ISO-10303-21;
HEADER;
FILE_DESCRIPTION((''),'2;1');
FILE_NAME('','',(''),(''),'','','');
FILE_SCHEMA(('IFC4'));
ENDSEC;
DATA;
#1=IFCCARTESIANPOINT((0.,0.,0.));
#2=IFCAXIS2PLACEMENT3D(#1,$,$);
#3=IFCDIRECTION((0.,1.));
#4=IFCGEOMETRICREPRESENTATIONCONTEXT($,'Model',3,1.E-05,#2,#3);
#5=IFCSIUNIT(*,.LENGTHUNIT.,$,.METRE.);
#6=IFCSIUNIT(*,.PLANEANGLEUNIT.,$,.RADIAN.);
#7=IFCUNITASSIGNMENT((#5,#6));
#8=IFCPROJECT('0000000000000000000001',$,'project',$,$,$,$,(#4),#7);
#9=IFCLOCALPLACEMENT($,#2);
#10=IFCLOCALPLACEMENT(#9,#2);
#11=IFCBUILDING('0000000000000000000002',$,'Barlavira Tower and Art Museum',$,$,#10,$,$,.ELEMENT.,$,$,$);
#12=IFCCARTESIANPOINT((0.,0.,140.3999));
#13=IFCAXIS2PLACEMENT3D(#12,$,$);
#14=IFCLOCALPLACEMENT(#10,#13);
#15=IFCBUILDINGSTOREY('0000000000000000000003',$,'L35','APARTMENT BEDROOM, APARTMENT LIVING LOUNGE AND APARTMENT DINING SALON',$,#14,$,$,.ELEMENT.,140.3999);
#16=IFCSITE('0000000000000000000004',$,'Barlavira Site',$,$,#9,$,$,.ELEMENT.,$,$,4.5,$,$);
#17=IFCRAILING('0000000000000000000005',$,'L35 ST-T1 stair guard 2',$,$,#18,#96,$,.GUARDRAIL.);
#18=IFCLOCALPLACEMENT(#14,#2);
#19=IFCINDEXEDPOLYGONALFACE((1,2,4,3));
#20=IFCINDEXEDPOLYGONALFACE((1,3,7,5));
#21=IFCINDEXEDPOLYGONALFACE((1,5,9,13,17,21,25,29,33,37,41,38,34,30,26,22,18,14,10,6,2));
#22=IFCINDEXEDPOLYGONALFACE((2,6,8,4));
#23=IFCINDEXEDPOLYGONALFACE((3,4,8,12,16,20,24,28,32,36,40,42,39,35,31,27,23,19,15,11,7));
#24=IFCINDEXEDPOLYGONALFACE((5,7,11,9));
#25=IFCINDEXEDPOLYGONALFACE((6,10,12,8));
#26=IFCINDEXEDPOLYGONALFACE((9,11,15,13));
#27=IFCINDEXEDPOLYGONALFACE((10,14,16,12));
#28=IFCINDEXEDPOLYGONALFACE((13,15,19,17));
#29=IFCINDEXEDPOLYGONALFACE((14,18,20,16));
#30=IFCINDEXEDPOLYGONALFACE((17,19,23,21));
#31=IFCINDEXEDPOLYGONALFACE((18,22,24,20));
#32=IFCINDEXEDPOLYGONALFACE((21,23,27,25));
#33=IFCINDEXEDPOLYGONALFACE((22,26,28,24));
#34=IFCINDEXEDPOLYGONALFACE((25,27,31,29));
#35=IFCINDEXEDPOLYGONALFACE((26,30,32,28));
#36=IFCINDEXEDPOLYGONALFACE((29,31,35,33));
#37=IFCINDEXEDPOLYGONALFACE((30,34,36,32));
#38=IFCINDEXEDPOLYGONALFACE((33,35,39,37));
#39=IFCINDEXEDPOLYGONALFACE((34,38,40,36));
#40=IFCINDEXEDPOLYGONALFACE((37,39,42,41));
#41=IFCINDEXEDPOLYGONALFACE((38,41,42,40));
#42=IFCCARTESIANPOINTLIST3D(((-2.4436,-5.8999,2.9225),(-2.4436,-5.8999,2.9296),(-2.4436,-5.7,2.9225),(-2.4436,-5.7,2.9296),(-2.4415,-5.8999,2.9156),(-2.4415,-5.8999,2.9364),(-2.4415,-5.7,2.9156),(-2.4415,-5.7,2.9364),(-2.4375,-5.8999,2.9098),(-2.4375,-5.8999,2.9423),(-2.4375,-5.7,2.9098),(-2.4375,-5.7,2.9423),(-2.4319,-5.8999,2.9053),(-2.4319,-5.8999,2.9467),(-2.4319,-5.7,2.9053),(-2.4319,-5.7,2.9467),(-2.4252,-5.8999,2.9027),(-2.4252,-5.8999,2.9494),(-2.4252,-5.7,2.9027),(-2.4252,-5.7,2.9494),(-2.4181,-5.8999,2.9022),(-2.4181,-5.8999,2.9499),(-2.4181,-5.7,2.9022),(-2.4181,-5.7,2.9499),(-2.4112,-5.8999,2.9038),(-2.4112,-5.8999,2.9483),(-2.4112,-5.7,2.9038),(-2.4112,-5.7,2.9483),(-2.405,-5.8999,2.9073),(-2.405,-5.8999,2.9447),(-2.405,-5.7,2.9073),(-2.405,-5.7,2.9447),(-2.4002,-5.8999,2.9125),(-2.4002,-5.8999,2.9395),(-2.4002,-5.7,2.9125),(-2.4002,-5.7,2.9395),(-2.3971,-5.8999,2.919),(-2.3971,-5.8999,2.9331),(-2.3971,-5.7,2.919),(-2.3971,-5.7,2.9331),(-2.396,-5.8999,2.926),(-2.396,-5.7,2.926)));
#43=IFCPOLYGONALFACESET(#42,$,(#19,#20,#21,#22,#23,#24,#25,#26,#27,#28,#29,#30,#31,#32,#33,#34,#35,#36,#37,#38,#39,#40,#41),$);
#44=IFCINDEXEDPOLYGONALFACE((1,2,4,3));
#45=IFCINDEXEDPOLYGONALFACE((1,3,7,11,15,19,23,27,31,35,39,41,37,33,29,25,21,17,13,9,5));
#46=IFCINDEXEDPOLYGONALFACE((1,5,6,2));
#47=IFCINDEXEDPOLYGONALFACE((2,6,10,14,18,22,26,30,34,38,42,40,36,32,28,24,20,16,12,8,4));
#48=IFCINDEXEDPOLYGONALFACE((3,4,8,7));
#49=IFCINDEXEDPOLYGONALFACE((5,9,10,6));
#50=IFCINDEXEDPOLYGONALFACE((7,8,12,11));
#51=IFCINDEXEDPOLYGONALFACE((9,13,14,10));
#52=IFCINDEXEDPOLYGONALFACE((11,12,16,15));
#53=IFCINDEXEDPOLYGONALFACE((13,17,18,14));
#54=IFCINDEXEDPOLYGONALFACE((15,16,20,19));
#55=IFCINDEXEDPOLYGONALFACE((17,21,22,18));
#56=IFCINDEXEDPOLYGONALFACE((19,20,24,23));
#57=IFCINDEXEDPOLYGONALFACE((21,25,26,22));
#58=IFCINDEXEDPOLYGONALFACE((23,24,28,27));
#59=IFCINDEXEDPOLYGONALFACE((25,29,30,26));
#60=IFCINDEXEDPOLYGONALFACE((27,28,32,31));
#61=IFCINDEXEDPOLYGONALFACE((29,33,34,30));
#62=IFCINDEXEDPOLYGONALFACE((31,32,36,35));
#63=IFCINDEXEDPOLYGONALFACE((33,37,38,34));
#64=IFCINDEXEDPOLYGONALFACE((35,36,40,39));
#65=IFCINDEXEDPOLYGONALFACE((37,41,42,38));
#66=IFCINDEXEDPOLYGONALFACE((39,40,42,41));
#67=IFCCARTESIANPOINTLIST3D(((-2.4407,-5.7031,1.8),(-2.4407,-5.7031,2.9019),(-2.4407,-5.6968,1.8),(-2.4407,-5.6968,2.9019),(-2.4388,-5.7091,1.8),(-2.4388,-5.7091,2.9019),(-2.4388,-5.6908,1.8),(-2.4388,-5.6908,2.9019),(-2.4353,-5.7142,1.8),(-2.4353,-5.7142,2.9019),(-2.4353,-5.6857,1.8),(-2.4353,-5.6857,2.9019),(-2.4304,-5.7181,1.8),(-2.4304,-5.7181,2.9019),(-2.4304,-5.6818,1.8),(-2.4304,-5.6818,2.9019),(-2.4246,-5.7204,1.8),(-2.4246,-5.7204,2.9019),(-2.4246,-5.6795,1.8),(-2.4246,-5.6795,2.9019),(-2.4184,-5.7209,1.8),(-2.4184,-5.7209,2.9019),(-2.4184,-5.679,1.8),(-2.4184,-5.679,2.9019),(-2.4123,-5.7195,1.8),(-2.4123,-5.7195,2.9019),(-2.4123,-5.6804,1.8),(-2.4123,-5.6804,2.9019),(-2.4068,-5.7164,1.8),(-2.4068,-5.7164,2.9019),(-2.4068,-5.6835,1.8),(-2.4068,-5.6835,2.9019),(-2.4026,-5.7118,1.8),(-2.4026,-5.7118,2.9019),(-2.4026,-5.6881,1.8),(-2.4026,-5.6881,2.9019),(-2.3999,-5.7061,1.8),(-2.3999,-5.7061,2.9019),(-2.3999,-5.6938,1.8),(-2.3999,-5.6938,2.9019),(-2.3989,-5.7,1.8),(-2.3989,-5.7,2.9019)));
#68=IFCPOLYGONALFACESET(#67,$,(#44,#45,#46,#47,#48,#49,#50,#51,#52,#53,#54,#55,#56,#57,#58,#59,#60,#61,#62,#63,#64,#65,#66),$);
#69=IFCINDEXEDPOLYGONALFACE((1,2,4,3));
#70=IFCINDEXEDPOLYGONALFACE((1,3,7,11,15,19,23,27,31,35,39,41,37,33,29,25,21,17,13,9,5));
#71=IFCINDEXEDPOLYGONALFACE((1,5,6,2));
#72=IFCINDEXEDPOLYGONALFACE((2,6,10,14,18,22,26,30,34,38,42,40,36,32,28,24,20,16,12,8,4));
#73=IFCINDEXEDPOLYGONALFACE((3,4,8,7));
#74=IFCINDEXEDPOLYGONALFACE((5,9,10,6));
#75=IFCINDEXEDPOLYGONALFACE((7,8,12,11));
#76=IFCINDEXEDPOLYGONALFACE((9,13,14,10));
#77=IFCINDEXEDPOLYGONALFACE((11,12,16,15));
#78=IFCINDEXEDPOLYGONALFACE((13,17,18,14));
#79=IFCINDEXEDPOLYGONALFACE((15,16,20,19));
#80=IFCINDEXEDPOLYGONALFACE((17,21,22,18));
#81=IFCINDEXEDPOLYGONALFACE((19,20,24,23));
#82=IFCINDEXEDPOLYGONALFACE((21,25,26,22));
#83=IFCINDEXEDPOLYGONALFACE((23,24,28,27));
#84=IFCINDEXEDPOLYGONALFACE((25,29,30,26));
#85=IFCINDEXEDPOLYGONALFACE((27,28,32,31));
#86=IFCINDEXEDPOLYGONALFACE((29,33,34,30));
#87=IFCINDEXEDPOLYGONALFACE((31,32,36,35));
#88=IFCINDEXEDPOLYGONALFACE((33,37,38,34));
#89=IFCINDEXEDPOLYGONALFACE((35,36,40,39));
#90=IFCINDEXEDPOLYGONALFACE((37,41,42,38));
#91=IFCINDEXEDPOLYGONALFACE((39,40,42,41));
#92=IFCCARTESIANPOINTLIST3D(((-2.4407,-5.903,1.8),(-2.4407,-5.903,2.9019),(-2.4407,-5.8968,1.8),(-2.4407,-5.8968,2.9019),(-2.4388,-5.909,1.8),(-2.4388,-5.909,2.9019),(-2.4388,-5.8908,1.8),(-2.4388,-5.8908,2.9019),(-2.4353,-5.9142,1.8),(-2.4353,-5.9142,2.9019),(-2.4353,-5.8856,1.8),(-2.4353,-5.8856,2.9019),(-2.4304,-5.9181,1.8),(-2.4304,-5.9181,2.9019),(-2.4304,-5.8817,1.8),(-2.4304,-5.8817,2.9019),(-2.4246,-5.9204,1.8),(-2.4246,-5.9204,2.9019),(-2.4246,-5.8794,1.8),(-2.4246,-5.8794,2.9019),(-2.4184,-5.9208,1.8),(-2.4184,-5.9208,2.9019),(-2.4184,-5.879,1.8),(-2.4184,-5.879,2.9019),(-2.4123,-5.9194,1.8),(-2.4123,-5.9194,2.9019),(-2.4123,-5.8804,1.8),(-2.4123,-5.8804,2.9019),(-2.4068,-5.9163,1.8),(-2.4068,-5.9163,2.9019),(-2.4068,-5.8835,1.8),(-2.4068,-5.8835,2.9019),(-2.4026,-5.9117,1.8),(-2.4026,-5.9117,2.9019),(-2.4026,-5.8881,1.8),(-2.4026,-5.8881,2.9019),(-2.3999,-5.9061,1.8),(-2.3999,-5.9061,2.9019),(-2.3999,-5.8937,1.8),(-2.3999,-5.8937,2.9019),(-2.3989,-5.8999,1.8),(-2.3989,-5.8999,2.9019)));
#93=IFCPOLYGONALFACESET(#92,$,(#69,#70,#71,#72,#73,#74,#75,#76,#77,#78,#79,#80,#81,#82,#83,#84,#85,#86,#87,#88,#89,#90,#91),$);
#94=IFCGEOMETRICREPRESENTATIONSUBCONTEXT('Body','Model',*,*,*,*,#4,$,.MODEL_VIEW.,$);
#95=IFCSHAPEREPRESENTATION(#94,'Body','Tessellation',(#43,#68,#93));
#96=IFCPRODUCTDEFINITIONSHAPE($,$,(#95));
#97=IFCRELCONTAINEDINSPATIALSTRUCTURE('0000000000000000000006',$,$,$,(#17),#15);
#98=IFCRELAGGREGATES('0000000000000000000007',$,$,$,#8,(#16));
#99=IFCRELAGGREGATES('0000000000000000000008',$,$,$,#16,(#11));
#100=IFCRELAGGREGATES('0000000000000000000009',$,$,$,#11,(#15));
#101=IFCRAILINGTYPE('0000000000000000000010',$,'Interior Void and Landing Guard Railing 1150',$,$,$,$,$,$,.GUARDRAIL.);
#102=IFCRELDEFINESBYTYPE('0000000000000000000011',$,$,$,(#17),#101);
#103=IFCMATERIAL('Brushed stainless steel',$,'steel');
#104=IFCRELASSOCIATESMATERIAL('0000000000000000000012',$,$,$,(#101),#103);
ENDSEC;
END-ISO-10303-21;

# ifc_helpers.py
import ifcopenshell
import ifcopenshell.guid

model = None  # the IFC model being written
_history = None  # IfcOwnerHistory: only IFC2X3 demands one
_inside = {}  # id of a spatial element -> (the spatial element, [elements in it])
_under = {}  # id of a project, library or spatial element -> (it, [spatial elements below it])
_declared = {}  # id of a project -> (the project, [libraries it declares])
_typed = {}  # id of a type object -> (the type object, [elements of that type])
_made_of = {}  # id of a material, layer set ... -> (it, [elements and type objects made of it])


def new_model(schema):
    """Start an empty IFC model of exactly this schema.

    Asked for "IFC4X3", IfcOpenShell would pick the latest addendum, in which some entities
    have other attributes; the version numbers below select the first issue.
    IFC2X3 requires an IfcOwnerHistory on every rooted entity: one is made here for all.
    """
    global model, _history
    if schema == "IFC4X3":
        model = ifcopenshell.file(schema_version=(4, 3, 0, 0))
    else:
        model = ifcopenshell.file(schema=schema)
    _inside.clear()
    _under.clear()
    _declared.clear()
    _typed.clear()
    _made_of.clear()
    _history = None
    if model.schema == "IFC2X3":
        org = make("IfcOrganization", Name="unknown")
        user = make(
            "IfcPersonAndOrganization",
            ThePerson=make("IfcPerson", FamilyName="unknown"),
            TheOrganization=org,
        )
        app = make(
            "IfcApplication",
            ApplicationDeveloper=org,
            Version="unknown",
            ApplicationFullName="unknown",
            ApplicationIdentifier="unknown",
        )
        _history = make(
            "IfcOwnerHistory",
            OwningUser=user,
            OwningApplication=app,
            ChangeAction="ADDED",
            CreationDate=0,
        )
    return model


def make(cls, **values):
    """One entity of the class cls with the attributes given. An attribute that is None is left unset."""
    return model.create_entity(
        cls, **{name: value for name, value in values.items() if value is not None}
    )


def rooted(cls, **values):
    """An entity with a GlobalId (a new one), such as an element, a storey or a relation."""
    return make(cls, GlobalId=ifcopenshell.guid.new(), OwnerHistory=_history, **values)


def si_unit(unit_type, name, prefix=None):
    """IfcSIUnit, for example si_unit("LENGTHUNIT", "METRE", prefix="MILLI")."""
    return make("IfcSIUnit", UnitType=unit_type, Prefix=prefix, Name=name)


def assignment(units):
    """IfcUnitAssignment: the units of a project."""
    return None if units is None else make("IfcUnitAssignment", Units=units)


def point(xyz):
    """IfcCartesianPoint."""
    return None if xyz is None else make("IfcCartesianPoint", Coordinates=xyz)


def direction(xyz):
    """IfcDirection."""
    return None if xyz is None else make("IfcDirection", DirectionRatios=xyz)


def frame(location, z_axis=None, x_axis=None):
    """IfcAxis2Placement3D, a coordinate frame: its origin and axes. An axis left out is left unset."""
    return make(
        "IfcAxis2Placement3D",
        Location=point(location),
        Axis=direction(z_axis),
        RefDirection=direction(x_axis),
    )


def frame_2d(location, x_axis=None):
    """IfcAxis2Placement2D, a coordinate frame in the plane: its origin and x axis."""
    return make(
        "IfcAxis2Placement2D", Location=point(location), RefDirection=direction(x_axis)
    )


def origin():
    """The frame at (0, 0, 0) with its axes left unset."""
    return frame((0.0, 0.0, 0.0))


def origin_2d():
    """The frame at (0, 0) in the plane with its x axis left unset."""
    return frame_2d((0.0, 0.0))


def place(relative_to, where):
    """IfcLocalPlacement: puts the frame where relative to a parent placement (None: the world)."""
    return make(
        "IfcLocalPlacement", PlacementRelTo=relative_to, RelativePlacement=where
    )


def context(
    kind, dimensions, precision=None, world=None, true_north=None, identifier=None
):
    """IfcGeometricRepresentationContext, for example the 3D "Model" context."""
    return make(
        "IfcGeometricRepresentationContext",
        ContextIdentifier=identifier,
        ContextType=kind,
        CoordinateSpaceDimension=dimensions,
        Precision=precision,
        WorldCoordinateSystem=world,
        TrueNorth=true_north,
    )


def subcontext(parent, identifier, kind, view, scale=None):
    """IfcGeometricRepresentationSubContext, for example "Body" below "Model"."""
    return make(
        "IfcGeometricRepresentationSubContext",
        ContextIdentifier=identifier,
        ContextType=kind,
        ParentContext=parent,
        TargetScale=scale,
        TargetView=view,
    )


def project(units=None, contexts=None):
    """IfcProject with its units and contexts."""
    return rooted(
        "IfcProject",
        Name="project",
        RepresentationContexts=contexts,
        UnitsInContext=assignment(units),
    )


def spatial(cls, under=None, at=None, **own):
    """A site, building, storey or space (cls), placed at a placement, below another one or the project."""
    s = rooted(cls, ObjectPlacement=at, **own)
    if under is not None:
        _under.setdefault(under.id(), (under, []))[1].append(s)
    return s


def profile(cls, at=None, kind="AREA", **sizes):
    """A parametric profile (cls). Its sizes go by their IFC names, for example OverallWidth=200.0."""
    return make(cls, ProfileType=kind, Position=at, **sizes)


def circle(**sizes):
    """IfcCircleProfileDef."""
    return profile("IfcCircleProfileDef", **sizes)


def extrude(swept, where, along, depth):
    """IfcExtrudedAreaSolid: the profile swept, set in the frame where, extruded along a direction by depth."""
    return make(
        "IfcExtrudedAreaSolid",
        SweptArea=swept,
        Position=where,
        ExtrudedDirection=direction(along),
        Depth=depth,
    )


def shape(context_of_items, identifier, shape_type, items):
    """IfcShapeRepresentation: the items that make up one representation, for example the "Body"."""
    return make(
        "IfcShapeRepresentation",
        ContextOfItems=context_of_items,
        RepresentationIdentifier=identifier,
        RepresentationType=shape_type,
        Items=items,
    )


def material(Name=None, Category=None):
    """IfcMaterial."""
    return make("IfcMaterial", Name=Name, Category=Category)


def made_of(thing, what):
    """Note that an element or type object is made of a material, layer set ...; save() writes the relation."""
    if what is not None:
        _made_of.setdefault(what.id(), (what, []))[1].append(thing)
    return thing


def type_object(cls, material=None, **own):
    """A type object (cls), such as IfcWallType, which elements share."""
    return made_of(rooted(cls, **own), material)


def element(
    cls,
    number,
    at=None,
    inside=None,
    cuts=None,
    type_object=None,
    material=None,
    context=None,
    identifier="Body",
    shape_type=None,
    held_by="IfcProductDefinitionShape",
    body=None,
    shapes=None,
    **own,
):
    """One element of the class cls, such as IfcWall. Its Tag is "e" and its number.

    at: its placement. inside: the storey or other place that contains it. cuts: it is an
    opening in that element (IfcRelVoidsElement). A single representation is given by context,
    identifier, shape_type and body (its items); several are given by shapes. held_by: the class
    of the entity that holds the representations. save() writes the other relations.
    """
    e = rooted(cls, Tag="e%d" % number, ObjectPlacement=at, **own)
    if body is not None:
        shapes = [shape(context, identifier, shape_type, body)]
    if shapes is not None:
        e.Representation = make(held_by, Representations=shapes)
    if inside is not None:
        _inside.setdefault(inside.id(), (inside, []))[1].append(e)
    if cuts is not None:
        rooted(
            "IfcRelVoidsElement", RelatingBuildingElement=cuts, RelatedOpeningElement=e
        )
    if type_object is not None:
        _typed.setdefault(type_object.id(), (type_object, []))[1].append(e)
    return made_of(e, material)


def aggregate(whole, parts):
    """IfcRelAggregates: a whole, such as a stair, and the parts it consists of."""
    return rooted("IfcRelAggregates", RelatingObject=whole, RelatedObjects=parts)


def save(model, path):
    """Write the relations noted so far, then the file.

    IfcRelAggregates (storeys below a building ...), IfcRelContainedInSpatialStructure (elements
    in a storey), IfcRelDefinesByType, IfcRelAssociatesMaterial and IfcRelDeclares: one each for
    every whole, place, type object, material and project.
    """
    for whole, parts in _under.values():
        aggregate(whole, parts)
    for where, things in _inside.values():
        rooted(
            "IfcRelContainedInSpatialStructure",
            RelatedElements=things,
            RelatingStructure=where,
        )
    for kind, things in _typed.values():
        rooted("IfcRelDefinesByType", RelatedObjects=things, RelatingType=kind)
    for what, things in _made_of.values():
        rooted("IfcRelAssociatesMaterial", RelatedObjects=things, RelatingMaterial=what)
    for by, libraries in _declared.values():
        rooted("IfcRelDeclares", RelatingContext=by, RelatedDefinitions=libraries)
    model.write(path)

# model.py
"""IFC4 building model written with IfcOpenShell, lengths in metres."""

from ifc_helpers import new_model, si_unit, direction, frame, origin, origin_2d, place, context, subcontext, project, spatial, circle, extrude, material, type_object, element, save


model = new_model("IFC4")

# Units and contexts
model_context = context("Model", 3, precision=1e-05, world=origin(), true_north=direction((0.0, 1.0)))
body_context = subcontext(model_context, "Body", "Model", "MODEL_VIEW")
ifc_project = project(units=[si_unit("LENGTHUNIT", "METRE"), si_unit("PLANEANGLEUNIT", "RADIAN")], contexts=[model_context])

# Site, building, storey
site_placement = place(None, origin())
site = spatial("IfcSite", under=ifc_project, at=site_placement, Name="Barlavira Site", CompositionType="ELEMENT", RefElevation=4.5)
building_placement = place(site_placement, origin())
building = spatial("IfcBuilding", under=site, at=building_placement, Name="Barlavira Tower and Art Museum", CompositionType="ELEMENT")
storey_placement = place(building_placement, frame((0.0, 0.0, 140.3999)))
storey = spatial("IfcBuildingStorey", under=building, at=storey_placement, Name="L35", Description="APARTMENT BEDROOM, APARTMENT LIVING LOUNGE AND APARTMENT DINING SALON", CompositionType="ELEMENT", Elevation=140.3999)

# Shared definitions
ifc_material_1 = material(Name="Brushed stainless steel", Category="steel")

# Railing
railing_type_1 = type_object("IfcRailingType", Name="Interior Void and Landing Guard Railing 1150", PredefinedType="GUARDRAIL", material=ifc_material_1)
railing_1_placement = place(storey_placement, frame((-2.4199, -5.7, 1.8)))
element("IfcRailing", 1, at=railing_1_placement, inside=storey, type_object=railing_type_1, Name="L35 ST-T1 stair guard 2", PredefinedType="GUARDRAIL", context=body_context, shape_type="SweptSolid", body=[
    extrude(circle(Radius=0.0239, at=origin_2d()), frame((0.0, 0.0, 1.126), z_axis=(0.0, -1.0, 0.0), x_axis=(1.0, 0.0, 0.0)), (0.0, 0.0, 1.0), 0.2),
    extrude(circle(Radius=0.021, at=origin_2d()), origin(), (0.0, 0.0, 1.0), 1.1018),
    extrude(circle(Radius=0.021, at=origin_2d()), frame((0.0, -0.2, 0.0)), (0.0, 0.0, 1.0), 1.1018),
])

save(model, "model.ifc")
